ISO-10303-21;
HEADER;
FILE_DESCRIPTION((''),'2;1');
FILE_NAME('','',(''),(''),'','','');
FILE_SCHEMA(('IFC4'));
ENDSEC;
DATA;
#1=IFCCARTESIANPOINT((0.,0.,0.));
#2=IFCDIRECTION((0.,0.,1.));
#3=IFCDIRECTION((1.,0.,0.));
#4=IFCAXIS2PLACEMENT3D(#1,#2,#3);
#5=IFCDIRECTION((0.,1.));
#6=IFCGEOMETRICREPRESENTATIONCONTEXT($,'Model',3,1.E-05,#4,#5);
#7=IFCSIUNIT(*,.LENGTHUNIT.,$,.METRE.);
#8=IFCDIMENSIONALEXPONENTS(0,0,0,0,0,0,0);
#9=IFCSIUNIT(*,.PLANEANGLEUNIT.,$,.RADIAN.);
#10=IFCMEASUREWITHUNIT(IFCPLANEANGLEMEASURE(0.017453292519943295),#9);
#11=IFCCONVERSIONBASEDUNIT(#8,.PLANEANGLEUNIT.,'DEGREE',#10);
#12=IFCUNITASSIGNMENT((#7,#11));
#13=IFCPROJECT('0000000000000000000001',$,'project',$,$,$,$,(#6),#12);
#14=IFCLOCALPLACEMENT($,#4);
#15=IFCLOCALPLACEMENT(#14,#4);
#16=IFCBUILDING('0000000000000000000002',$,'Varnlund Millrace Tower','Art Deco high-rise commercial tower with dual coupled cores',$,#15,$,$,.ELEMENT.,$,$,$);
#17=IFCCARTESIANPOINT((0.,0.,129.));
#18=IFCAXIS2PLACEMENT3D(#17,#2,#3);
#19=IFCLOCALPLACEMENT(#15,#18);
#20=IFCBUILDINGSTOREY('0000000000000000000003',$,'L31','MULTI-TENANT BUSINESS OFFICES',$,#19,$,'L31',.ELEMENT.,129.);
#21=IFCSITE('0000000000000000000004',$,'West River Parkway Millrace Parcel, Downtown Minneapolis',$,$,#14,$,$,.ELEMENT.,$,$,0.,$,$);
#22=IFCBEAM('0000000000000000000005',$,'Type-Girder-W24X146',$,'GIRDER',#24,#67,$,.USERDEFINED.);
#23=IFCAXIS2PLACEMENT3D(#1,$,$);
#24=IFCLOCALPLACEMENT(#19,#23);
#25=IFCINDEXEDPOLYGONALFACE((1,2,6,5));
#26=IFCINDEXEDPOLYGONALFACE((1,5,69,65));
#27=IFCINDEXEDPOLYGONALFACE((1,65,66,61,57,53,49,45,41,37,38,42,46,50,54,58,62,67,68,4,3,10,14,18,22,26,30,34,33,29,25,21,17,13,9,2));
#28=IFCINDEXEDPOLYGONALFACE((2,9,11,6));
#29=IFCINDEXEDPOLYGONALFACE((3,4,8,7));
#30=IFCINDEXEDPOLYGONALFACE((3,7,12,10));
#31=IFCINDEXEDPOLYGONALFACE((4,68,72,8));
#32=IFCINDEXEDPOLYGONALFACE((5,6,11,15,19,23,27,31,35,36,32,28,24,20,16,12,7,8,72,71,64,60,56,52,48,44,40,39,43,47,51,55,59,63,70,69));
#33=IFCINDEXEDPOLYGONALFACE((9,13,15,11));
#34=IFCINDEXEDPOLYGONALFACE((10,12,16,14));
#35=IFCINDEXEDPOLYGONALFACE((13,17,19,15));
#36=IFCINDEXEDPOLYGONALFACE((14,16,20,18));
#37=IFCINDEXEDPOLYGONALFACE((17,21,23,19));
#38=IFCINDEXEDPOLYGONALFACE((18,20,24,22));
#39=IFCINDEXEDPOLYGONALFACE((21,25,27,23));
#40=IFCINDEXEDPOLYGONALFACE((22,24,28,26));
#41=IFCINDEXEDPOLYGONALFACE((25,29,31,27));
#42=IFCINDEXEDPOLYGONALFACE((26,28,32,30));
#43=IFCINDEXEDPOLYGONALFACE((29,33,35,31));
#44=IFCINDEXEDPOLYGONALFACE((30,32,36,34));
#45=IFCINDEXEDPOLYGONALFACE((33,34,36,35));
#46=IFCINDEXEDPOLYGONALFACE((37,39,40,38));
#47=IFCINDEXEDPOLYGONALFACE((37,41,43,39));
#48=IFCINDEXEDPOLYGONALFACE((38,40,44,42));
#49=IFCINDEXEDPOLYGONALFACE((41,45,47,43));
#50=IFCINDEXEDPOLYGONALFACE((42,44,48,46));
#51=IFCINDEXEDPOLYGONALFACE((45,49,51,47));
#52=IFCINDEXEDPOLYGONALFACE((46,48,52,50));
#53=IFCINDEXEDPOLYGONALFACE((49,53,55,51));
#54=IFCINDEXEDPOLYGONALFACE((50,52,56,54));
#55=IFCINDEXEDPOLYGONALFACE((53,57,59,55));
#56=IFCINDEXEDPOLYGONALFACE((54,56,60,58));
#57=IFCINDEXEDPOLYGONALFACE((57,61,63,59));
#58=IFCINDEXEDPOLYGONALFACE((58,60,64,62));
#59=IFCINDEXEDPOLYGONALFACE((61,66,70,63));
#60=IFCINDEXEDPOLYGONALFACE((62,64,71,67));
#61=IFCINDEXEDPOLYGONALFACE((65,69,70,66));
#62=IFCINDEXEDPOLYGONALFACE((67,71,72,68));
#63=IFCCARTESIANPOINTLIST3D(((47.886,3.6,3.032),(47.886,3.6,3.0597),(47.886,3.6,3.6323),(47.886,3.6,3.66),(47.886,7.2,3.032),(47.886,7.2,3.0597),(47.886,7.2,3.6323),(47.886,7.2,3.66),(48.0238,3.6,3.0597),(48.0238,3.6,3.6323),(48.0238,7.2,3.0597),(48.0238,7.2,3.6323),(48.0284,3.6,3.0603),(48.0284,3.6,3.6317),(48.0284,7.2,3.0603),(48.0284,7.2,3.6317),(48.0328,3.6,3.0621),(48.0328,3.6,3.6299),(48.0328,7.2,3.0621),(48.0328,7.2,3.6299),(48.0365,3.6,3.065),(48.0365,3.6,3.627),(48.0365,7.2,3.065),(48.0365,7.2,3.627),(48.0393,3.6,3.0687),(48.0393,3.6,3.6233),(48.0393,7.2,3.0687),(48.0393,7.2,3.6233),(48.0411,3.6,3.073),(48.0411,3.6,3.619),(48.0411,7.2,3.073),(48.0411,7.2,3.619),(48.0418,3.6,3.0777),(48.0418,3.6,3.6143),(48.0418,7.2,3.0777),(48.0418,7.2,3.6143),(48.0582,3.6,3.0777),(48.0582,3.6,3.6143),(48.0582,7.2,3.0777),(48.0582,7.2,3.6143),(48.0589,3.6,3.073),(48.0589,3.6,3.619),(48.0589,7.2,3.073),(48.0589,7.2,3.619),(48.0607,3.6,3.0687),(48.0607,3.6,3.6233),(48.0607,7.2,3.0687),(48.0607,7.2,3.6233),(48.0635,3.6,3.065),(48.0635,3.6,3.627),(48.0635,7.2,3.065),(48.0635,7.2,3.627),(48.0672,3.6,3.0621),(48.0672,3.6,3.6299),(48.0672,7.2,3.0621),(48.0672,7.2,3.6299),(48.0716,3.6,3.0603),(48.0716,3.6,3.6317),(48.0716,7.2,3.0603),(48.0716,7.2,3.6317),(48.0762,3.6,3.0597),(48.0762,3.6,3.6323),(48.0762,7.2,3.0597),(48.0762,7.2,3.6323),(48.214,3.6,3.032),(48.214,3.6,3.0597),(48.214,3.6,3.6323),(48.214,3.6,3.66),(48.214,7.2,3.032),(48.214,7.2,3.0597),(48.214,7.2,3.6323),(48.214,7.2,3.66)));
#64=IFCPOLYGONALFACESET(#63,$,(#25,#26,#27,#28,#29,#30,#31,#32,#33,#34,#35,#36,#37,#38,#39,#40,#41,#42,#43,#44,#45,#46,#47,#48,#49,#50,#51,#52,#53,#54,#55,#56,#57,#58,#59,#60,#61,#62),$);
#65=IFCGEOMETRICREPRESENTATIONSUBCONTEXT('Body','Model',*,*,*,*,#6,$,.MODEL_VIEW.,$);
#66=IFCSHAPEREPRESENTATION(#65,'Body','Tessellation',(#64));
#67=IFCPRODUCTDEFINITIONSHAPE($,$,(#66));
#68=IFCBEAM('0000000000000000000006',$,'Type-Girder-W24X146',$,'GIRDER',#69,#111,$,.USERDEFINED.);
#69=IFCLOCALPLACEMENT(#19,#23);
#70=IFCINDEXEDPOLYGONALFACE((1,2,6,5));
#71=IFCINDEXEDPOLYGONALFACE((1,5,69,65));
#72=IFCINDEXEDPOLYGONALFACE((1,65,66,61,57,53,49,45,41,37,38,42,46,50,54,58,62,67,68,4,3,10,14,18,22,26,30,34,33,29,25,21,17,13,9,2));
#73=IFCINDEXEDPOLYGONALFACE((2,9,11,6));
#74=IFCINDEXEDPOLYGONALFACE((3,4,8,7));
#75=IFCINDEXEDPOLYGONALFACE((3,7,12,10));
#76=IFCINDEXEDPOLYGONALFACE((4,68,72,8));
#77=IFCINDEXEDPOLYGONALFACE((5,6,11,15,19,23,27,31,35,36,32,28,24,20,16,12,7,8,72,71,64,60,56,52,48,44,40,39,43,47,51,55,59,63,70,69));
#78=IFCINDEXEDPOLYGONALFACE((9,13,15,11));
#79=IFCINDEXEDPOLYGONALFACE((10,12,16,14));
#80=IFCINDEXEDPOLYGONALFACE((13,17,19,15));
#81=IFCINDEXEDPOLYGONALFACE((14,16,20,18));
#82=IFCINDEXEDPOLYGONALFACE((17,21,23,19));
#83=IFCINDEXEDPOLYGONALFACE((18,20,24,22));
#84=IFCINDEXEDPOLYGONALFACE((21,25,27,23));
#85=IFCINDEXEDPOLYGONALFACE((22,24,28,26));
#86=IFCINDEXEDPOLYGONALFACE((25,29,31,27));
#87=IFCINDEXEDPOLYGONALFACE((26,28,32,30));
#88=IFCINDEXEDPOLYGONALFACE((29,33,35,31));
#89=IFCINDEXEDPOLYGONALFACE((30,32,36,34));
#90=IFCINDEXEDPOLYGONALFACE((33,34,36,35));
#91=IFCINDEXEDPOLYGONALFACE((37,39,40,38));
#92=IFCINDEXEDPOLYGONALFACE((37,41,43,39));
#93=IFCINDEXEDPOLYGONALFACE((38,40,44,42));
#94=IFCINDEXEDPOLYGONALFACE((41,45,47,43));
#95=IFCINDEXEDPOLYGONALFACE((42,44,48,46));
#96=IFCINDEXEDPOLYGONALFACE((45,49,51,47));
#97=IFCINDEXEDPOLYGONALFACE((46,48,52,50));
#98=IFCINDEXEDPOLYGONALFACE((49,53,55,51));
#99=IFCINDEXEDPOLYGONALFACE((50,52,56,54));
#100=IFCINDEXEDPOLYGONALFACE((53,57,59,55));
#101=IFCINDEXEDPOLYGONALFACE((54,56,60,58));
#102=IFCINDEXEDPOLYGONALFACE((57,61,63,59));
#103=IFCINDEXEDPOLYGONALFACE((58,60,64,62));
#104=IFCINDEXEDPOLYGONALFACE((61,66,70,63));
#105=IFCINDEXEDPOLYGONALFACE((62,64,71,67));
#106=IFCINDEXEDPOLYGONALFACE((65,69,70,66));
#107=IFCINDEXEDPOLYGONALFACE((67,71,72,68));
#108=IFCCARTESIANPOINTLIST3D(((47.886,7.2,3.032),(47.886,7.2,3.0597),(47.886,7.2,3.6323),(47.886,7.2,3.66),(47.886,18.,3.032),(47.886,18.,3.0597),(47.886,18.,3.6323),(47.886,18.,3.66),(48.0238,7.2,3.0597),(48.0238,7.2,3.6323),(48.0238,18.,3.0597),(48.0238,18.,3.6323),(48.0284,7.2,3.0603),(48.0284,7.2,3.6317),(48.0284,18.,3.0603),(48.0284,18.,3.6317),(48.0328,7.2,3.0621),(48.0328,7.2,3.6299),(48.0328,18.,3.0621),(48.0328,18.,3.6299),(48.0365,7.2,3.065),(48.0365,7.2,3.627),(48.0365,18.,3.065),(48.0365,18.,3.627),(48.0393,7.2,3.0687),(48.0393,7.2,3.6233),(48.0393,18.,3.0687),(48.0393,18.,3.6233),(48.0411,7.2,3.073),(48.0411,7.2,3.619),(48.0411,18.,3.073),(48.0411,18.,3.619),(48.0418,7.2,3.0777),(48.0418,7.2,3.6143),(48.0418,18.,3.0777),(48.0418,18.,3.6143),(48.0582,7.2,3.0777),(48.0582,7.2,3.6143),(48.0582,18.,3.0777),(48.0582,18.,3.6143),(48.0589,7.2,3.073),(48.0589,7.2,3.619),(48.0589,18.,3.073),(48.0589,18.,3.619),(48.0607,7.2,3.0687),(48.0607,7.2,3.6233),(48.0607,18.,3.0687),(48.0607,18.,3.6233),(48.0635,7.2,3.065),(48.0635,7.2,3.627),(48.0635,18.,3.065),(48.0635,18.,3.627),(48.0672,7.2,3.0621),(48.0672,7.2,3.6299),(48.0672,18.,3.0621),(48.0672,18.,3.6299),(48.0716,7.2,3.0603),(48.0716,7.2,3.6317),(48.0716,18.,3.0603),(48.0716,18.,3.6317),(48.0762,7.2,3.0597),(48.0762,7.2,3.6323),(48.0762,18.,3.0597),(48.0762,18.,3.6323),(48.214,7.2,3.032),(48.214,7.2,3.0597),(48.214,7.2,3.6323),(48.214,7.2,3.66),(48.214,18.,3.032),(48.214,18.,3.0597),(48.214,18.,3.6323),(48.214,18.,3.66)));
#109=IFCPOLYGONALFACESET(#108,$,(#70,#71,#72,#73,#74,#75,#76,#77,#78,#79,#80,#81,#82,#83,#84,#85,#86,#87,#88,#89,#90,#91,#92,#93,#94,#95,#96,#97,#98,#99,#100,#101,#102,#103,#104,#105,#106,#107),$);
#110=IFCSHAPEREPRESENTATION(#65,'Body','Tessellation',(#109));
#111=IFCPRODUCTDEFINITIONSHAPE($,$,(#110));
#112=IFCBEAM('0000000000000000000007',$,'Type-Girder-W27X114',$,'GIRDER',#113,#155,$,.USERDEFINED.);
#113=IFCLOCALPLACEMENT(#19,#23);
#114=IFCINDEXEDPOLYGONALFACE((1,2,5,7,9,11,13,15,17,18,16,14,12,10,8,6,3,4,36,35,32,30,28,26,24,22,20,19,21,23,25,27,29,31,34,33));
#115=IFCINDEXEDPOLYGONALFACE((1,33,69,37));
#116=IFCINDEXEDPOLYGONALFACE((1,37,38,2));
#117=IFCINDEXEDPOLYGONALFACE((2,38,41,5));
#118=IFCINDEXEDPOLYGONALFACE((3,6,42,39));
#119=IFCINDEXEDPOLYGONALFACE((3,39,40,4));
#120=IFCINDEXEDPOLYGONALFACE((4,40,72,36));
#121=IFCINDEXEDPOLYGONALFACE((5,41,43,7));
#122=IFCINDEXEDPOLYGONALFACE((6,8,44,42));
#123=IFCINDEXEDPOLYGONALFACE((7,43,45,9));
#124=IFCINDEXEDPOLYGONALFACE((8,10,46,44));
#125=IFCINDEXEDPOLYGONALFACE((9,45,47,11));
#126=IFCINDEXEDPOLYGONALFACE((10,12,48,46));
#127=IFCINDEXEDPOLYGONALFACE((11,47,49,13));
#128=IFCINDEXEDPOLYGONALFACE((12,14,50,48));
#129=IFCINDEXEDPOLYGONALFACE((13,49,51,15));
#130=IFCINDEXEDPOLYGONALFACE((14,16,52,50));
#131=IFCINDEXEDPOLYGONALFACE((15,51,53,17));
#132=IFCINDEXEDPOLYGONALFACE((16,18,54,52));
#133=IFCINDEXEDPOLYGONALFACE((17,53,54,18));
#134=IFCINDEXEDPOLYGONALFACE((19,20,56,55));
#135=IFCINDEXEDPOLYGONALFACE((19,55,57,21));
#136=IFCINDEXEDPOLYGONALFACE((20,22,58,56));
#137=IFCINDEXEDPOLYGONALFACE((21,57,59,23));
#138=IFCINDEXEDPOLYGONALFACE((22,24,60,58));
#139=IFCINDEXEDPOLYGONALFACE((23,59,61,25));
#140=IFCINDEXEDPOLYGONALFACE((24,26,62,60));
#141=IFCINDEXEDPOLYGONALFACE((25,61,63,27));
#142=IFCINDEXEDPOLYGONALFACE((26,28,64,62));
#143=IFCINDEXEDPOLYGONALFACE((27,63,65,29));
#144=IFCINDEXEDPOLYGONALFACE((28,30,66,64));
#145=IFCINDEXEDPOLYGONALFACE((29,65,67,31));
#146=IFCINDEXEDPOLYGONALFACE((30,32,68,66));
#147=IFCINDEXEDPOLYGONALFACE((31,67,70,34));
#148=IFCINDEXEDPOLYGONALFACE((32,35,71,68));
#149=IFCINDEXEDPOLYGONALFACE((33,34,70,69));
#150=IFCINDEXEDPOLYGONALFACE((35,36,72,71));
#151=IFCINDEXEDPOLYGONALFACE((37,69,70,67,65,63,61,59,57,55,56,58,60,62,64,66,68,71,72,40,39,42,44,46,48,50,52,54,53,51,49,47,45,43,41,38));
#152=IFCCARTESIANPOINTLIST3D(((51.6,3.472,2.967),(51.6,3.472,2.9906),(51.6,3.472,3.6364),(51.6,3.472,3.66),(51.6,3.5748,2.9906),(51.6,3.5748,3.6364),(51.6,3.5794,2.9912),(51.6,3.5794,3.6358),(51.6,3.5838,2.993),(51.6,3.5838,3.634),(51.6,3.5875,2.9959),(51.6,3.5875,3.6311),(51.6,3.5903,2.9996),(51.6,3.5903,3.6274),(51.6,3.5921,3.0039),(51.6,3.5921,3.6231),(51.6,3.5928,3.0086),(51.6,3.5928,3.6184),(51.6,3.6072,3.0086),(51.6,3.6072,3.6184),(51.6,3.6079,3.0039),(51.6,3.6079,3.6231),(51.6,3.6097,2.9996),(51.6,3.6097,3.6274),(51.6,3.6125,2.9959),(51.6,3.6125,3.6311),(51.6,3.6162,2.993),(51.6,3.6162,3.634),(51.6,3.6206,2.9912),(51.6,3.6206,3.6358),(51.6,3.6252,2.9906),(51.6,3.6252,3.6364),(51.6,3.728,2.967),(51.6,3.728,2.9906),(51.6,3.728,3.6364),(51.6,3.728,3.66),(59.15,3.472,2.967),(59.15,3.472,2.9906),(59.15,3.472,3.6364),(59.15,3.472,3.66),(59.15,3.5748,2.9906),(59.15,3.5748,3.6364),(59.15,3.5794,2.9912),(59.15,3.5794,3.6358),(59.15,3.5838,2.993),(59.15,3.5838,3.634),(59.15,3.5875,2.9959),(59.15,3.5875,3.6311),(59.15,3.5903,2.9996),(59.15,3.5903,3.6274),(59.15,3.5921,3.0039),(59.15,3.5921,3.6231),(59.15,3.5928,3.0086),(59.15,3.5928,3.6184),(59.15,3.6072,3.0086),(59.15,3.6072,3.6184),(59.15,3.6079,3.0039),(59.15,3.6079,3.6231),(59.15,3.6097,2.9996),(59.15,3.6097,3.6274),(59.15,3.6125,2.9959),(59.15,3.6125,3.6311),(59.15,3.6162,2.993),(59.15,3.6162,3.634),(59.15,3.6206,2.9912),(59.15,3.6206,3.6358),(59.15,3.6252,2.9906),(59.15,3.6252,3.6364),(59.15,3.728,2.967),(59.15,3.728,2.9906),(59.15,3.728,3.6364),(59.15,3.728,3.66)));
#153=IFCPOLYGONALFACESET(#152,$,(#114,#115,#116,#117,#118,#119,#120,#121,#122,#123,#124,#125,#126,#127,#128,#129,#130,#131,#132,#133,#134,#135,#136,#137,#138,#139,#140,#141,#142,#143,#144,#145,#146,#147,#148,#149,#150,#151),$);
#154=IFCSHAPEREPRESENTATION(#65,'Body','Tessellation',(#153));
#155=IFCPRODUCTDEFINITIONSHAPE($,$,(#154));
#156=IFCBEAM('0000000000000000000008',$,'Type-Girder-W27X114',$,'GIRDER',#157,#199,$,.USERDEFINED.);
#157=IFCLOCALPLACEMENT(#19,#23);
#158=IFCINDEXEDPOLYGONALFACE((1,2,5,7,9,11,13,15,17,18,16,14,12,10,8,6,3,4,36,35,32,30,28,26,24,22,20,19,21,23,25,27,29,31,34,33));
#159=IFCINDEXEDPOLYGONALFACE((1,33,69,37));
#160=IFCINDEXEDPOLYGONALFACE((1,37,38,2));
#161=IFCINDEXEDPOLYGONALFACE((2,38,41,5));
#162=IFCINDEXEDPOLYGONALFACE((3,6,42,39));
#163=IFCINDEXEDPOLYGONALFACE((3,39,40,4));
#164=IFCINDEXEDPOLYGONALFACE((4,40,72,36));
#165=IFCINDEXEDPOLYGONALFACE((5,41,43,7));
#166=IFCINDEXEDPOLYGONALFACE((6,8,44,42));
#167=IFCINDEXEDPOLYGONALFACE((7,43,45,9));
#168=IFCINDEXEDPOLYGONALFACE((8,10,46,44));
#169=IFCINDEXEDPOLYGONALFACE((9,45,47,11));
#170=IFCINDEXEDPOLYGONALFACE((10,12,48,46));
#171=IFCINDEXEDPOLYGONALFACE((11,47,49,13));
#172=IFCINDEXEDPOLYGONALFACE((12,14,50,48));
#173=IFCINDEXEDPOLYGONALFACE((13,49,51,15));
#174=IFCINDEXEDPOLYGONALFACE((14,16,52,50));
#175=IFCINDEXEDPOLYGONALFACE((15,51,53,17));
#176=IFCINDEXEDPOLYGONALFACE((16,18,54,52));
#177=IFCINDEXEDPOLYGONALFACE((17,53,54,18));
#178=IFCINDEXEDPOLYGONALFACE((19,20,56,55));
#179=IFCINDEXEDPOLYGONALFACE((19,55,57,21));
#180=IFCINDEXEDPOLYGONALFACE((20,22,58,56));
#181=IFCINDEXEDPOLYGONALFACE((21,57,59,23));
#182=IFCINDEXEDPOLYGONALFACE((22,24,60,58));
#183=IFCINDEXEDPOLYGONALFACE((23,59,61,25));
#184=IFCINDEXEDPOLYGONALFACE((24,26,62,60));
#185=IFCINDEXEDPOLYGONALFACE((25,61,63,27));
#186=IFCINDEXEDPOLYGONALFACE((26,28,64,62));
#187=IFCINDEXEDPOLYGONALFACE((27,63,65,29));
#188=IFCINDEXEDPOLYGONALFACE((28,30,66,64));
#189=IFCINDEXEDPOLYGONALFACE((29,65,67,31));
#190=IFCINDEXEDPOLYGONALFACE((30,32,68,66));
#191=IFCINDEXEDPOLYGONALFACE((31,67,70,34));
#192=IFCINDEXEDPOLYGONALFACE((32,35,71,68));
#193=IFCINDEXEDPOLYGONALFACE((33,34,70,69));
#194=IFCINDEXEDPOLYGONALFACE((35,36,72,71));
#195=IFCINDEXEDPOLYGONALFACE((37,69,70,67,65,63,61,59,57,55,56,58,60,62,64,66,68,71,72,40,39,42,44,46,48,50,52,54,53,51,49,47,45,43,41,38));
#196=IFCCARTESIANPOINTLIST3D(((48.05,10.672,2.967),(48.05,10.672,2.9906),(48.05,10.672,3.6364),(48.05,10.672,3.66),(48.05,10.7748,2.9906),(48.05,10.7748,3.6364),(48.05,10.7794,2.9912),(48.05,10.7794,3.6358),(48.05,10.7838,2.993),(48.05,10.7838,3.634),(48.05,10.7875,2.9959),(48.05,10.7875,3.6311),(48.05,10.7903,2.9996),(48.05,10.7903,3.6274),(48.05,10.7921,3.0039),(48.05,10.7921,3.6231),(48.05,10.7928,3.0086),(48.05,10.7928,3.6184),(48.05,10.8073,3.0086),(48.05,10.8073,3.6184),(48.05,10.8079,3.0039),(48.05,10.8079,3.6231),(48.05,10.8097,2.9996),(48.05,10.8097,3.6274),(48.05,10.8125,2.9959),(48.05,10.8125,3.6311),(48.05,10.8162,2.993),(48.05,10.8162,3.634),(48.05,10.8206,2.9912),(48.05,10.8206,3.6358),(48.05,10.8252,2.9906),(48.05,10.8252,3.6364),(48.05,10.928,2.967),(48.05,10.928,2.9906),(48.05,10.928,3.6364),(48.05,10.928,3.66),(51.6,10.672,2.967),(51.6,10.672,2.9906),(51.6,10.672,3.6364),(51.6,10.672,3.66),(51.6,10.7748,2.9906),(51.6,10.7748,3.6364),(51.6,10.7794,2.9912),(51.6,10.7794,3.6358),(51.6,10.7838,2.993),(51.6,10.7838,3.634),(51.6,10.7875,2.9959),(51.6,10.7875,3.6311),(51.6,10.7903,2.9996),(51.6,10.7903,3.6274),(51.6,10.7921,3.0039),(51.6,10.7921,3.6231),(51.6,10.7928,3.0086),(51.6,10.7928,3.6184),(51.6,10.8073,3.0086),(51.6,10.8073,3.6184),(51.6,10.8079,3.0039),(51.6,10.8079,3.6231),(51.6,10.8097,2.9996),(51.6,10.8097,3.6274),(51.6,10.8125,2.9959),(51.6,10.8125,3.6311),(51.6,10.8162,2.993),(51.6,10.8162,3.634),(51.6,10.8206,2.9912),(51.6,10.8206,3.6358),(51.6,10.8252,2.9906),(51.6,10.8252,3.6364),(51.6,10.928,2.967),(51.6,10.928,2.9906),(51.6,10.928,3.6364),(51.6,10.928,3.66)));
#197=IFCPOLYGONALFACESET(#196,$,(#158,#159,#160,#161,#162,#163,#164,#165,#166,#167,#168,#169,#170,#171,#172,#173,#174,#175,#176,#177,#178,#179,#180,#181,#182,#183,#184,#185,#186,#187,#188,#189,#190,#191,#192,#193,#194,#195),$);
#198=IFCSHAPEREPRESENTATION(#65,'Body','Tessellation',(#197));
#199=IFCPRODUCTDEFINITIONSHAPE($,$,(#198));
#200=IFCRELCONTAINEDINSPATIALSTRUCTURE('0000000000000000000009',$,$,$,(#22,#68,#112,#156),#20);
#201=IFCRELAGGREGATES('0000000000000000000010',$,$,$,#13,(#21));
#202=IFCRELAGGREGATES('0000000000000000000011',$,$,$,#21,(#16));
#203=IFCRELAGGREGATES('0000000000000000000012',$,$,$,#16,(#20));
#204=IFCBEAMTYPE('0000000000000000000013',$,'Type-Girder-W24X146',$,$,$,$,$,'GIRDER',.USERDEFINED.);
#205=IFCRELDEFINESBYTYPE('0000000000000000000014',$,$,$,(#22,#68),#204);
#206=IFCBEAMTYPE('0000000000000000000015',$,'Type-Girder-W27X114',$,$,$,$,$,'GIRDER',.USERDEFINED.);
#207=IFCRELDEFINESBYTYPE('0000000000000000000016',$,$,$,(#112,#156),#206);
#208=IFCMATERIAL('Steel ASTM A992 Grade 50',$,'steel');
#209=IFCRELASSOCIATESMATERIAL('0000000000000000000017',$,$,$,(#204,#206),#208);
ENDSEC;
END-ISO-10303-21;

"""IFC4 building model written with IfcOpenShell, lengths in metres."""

from ifc_helpers import new_model, entity, si_unit, converted_unit, direction, frame, origin_with_axes, origin_2d_with_axis, place, context, subcontext, project, spatial, i_section, extrude, material, material_profile, profile_set, type_object, element, save


model = new_model("IFC4")

# Units and contexts
model_context = context("Model", 3, precision=1e-05, world=origin_with_axes(), true_north=direction((0.0, 1.0)))
body_context = subcontext(model_context, "Body", "Model", "MODEL_VIEW")
ifc_project = project(units=[si_unit("LENGTHUNIT", "METRE"), converted_unit("PLANEANGLEUNIT", "DEGREE", entity("IfcPlaneAngleMeasure", 0.017453292519943295), si_unit("PLANEANGLEUNIT", "RADIAN"), dimensions=[0, 0, 0, 0, 0, 0, 0])], contexts=[model_context])

# Site, building, storey
site_placement = place(None, origin_with_axes())
site = spatial("IfcSite", under=ifc_project, at=site_placement, Name="West River Parkway Millrace Parcel, Downtown Minneapolis", CompositionType="ELEMENT", RefElevation=0.0)
building_placement = place(site_placement, origin_with_axes())
building = spatial("IfcBuilding", under=site, at=building_placement, Name="Varnlund Millrace Tower", Description="Art Deco high-rise commercial tower with dual coupled cores", CompositionType="ELEMENT")
storey_placement = place(building_placement, frame((0.0, 0.0, 129.0), z_axis=(0.0, 0.0, 1.0), x_axis=(1.0, 0.0, 0.0)))
storey = spatial("IfcBuildingStorey", under=building, at=storey_placement, Name="L31", Description="MULTI-TENANT BUSINESS OFFICES", LongName="L31", CompositionType="ELEMENT", Elevation=129.0)

# Beams
ifc_material_1 = material(Name="Steel ASTM A992 Grade 50", Category="steel")
ifc_material_profile_1 = material_profile(ifc_material_1, i_section(OverallWidth=0.328, OverallDepth=0.628, WebThickness=0.0165, FlangeThickness=0.0277, FilletRadius=0.018, at=origin_2d_with_axis()), Name="Steel ASTM A992 Grade 50")
ifc_profile_set_1 = profile_set([ifc_material_profile_1], Name="Steel ASTM A992 Grade 50")
beam_type_1 = type_object("IfcBeamType", Name="Type-Girder-W24X146", ElementType="GIRDER", PredefinedType="USERDEFINED", material=ifc_profile_set_1)
beam_1_placement = place(storey_placement, frame((48.05, 3.6, 3.346), z_axis=(0.0, 1.0, 0.0), x_axis=(-1.0, 0.0, 0.0)))
element("IfcBeam", 1, at=beam_1_placement, inside=storey, type_object=beam_type_1, Name="Type-Girder-W24X146", ObjectType="GIRDER", PredefinedType="USERDEFINED", context=body_context, shape_type="SweptSolid", body=[
    extrude(i_section(OverallWidth=0.328, OverallDepth=0.628, WebThickness=0.0165, FlangeThickness=0.0277, FilletRadius=0.018, at=origin_2d_with_axis()), origin_with_axes(), (0.0, 0.0, 1.0), 3.6),
])
beam_2_placement = place(storey_placement, frame((48.05, 7.2, 3.346), z_axis=(0.0, 1.0, 0.0), x_axis=(-1.0, 0.0, 0.0)))
element("IfcBeam", 2, at=beam_2_placement, inside=storey, type_object=beam_type_1, Name="Type-Girder-W24X146", ObjectType="GIRDER", PredefinedType="USERDEFINED", context=body_context, shape_type="SweptSolid", body=[
    extrude(i_section(OverallWidth=0.328, OverallDepth=0.628, WebThickness=0.0165, FlangeThickness=0.0277, FilletRadius=0.018, at=origin_2d_with_axis()), origin_with_axes(), (0.0, 0.0, 1.0), 10.8),
])
ifc_material_profile_2 = material_profile(ifc_material_1, i_section(OverallWidth=0.256, OverallDepth=0.693, WebThickness=0.0145, FlangeThickness=0.0236, FilletRadius=0.018, at=origin_2d_with_axis()), Name="Steel ASTM A992 Grade 50")
ifc_profile_set_2 = profile_set([ifc_material_profile_2], Name="Steel ASTM A992 Grade 50")
beam_type_2 = type_object("IfcBeamType", Name="Type-Girder-W27X114", ElementType="GIRDER", PredefinedType="USERDEFINED", material=ifc_profile_set_2)
beam_3_placement = place(storey_placement, frame((51.6, 3.6, 3.3135), z_axis=(1.0, 0.0, 0.0), x_axis=(0.0, 1.0, 0.0)))
element("IfcBeam", 3, at=beam_3_placement, inside=storey, type_object=beam_type_2, Name="Type-Girder-W27X114", ObjectType="GIRDER", PredefinedType="USERDEFINED", context=body_context, shape_type="SweptSolid", body=[
    extrude(i_section(OverallWidth=0.256, OverallDepth=0.693, WebThickness=0.0145, FlangeThickness=0.0236, FilletRadius=0.018, at=origin_2d_with_axis()), origin_with_axes(), (0.0, 0.0, 1.0), 7.55),
])
beam_4_placement = place(storey_placement, frame((48.05, 10.8, 3.3135), z_axis=(1.0, 0.0, 0.0), x_axis=(0.0, 1.0, 0.0)))
element("IfcBeam", 4, at=beam_4_placement, inside=storey, type_object=beam_type_2, Name="Type-Girder-W27X114", ObjectType="GIRDER", PredefinedType="USERDEFINED", context=body_context, shape_type="SweptSolid", body=[
    extrude(i_section(OverallWidth=0.256, OverallDepth=0.693, WebThickness=0.0145, FlangeThickness=0.0236, FilletRadius=0.018, at=origin_2d_with_axis()), origin_with_axes(), (0.0, 0.0, 1.0), 3.55),
])

save(model, "model.ifc")
